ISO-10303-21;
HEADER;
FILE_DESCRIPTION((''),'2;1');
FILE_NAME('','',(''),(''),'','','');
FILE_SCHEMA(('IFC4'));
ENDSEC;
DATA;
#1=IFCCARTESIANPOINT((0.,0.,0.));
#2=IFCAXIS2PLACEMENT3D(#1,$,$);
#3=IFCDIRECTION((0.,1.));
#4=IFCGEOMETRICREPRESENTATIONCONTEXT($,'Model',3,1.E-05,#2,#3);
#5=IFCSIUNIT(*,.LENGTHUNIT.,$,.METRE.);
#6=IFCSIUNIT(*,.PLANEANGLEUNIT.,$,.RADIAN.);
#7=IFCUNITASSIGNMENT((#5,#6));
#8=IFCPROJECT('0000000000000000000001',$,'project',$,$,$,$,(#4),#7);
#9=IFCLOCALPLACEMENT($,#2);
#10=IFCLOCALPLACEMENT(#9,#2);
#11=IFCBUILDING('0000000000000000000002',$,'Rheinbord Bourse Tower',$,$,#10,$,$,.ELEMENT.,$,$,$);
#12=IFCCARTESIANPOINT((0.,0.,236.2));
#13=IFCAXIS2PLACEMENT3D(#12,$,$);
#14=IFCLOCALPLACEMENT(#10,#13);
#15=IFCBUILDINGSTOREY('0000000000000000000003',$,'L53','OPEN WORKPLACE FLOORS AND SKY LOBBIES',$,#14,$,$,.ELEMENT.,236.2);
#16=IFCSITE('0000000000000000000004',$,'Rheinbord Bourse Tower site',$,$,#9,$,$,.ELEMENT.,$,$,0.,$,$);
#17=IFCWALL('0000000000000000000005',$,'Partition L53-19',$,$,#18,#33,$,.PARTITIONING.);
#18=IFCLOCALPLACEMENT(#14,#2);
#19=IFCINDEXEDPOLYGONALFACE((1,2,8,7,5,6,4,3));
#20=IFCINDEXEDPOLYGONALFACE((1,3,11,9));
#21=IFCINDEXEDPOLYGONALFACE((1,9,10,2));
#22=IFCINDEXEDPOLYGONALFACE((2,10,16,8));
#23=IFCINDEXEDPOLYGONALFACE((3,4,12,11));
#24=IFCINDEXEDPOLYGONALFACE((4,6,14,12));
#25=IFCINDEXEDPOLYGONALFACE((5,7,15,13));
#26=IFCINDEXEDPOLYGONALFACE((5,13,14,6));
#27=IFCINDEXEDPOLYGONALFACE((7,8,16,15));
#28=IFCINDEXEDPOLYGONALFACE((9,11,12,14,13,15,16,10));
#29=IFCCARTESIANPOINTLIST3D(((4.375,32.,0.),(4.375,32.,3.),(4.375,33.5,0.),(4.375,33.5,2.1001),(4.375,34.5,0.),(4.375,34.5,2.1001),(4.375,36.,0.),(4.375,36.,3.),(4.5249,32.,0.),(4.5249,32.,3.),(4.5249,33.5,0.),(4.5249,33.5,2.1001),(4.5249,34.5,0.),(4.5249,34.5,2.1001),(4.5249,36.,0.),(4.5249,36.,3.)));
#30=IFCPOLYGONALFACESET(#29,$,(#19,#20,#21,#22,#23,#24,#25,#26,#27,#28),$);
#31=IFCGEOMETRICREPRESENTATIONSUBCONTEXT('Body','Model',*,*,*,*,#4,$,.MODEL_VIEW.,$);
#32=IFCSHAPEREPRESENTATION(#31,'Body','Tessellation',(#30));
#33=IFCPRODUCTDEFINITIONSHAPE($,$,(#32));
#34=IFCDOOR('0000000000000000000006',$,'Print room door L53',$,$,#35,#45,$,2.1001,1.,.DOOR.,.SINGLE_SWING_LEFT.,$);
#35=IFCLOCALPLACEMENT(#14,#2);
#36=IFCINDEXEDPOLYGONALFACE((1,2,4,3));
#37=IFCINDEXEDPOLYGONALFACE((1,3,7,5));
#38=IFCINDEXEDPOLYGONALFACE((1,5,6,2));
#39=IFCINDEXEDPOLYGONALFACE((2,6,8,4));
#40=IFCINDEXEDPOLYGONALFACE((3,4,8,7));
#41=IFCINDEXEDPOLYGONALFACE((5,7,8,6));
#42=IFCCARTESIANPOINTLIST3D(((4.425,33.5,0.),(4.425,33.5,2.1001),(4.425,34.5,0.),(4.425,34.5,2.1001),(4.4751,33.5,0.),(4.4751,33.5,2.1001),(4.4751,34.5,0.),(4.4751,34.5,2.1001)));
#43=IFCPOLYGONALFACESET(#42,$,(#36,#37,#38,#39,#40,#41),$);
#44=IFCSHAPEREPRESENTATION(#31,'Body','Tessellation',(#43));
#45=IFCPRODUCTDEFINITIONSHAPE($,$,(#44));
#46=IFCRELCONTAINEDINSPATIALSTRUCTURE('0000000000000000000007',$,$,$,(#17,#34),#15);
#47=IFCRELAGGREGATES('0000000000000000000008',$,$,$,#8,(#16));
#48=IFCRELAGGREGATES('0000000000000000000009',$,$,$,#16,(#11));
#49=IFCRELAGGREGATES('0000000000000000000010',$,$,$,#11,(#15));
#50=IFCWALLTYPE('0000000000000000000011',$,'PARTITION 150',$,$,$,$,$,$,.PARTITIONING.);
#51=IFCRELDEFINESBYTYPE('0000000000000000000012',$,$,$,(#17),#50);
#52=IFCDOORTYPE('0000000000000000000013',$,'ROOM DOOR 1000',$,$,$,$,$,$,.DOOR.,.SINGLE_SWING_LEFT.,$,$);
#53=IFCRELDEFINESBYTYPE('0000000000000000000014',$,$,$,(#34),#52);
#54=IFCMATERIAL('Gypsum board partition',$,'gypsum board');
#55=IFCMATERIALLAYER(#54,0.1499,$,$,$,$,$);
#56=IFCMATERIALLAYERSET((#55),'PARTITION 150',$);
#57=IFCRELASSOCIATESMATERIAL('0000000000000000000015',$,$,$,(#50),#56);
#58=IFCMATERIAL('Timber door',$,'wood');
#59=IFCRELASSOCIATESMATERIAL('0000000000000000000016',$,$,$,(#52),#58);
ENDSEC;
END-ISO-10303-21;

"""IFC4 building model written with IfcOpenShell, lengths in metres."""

from ifc_helpers import new_model, si_unit, direction, frame, frame_2d, origin, place, context, subcontext, project, spatial, rectangle, extrude, material, layer, layer_set, type_object, element, fill, save


model = new_model("IFC4")

# Units and contexts
model_context = context("Model", 3, precision=1e-05, world=origin(), true_north=direction((0.0, 1.0)))
body_context = subcontext(model_context, "Body", "Model", "MODEL_VIEW")
ifc_project = project(units=[si_unit("LENGTHUNIT", "METRE"), si_unit("PLANEANGLEUNIT", "RADIAN")], contexts=[model_context])

# Site, building, storey
site_placement = place(None, origin())
site = spatial("IfcSite", under=ifc_project, at=site_placement, Name="Rheinbord Bourse Tower site", CompositionType="ELEMENT", RefElevation=0.0)
building_placement = place(site_placement, origin())
building = spatial("IfcBuilding", under=site, at=building_placement, Name="Rheinbord Bourse Tower", CompositionType="ELEMENT")
storey_placement = place(building_placement, frame((0.0, 0.0, 236.2)))
storey = spatial("IfcBuildingStorey", under=building, at=storey_placement, Name="L53", Description="OPEN WORKPLACE FLOORS AND SKY LOBBIES", CompositionType="ELEMENT", Elevation=236.2)

# Shared definitions
ifc_material_1 = material(Name="Gypsum board partition", Category="gypsum board")
ifc_layer_1 = layer(ifc_material_1, 0.1499)
ifc_layer_set_1 = layer_set([ifc_layer_1], Name="PARTITION 150")
wall_type_1 = type_object("IfcWallType", Name="PARTITION 150", PredefinedType="PARTITIONING", material=ifc_layer_set_1)

# Wall, opening, door
wall_1_placement = place(storey_placement, frame((4.45, 32.0, 0.0), z_axis=(0.0, 0.0, 1.0), x_axis=(0.0, 1.0, 0.0)))
wall_1 = element("IfcWall", 1, at=wall_1_placement, inside=storey, type_object=wall_type_1, Name="Partition L53-19", PredefinedType="PARTITIONING", context=body_context, shape_type="SweptSolid", body=[
    extrude(rectangle(XDim=4.0, YDim=0.1499, at=frame_2d((2.0, 0.0))), origin(), (0.0, 0.0, 1.0), 3.0),
])
opening_1_placement = place(wall_1_placement, frame((1.5, 0.0, 0.0)))
opening_1 = element("IfcOpeningElement", 2, at=opening_1_placement, cuts=wall_1, PredefinedType="OPENING", context=body_context, shape_type="SweptSolid", body=[
    extrude(rectangle(XDim=1.0, YDim=2.1001, at=frame_2d((0.5, 1.05))), frame((0.0, 0.085, 0.0), z_axis=(0.0, -1.0, 0.0), x_axis=(1.0, 0.0, 0.0)), (0.0, 0.0, 1.0), 0.1699),
])
ifc_material_2 = material(Name="Timber door", Category="wood")
door_type_1 = type_object("IfcDoorType", Name="ROOM DOOR 1000", OperationType="SINGLE_SWING_LEFT", PredefinedType="DOOR", material=ifc_material_2)
door_1_placement = place(opening_1_placement, origin())
door_1 = element("IfcDoor", 3, at=door_1_placement, inside=storey, type_object=door_type_1, Name="Print room door L53", OperationType="SINGLE_SWING_LEFT", OverallHeight=2.1001, OverallWidth=1.0, PredefinedType="DOOR", context=body_context, shape_type="SweptSolid", body=[
    extrude(rectangle(XDim=1.0, YDim=2.1001, at=frame_2d((0.5, 1.05))), frame((0.0, 0.0249, 0.0), z_axis=(0.0, -1.0, 0.0), x_axis=(1.0, 0.0, 0.0)), (0.0, 0.0, 1.0), 0.05),
])
fill(opening_1, door_1)

save(model, "model.ifc")
